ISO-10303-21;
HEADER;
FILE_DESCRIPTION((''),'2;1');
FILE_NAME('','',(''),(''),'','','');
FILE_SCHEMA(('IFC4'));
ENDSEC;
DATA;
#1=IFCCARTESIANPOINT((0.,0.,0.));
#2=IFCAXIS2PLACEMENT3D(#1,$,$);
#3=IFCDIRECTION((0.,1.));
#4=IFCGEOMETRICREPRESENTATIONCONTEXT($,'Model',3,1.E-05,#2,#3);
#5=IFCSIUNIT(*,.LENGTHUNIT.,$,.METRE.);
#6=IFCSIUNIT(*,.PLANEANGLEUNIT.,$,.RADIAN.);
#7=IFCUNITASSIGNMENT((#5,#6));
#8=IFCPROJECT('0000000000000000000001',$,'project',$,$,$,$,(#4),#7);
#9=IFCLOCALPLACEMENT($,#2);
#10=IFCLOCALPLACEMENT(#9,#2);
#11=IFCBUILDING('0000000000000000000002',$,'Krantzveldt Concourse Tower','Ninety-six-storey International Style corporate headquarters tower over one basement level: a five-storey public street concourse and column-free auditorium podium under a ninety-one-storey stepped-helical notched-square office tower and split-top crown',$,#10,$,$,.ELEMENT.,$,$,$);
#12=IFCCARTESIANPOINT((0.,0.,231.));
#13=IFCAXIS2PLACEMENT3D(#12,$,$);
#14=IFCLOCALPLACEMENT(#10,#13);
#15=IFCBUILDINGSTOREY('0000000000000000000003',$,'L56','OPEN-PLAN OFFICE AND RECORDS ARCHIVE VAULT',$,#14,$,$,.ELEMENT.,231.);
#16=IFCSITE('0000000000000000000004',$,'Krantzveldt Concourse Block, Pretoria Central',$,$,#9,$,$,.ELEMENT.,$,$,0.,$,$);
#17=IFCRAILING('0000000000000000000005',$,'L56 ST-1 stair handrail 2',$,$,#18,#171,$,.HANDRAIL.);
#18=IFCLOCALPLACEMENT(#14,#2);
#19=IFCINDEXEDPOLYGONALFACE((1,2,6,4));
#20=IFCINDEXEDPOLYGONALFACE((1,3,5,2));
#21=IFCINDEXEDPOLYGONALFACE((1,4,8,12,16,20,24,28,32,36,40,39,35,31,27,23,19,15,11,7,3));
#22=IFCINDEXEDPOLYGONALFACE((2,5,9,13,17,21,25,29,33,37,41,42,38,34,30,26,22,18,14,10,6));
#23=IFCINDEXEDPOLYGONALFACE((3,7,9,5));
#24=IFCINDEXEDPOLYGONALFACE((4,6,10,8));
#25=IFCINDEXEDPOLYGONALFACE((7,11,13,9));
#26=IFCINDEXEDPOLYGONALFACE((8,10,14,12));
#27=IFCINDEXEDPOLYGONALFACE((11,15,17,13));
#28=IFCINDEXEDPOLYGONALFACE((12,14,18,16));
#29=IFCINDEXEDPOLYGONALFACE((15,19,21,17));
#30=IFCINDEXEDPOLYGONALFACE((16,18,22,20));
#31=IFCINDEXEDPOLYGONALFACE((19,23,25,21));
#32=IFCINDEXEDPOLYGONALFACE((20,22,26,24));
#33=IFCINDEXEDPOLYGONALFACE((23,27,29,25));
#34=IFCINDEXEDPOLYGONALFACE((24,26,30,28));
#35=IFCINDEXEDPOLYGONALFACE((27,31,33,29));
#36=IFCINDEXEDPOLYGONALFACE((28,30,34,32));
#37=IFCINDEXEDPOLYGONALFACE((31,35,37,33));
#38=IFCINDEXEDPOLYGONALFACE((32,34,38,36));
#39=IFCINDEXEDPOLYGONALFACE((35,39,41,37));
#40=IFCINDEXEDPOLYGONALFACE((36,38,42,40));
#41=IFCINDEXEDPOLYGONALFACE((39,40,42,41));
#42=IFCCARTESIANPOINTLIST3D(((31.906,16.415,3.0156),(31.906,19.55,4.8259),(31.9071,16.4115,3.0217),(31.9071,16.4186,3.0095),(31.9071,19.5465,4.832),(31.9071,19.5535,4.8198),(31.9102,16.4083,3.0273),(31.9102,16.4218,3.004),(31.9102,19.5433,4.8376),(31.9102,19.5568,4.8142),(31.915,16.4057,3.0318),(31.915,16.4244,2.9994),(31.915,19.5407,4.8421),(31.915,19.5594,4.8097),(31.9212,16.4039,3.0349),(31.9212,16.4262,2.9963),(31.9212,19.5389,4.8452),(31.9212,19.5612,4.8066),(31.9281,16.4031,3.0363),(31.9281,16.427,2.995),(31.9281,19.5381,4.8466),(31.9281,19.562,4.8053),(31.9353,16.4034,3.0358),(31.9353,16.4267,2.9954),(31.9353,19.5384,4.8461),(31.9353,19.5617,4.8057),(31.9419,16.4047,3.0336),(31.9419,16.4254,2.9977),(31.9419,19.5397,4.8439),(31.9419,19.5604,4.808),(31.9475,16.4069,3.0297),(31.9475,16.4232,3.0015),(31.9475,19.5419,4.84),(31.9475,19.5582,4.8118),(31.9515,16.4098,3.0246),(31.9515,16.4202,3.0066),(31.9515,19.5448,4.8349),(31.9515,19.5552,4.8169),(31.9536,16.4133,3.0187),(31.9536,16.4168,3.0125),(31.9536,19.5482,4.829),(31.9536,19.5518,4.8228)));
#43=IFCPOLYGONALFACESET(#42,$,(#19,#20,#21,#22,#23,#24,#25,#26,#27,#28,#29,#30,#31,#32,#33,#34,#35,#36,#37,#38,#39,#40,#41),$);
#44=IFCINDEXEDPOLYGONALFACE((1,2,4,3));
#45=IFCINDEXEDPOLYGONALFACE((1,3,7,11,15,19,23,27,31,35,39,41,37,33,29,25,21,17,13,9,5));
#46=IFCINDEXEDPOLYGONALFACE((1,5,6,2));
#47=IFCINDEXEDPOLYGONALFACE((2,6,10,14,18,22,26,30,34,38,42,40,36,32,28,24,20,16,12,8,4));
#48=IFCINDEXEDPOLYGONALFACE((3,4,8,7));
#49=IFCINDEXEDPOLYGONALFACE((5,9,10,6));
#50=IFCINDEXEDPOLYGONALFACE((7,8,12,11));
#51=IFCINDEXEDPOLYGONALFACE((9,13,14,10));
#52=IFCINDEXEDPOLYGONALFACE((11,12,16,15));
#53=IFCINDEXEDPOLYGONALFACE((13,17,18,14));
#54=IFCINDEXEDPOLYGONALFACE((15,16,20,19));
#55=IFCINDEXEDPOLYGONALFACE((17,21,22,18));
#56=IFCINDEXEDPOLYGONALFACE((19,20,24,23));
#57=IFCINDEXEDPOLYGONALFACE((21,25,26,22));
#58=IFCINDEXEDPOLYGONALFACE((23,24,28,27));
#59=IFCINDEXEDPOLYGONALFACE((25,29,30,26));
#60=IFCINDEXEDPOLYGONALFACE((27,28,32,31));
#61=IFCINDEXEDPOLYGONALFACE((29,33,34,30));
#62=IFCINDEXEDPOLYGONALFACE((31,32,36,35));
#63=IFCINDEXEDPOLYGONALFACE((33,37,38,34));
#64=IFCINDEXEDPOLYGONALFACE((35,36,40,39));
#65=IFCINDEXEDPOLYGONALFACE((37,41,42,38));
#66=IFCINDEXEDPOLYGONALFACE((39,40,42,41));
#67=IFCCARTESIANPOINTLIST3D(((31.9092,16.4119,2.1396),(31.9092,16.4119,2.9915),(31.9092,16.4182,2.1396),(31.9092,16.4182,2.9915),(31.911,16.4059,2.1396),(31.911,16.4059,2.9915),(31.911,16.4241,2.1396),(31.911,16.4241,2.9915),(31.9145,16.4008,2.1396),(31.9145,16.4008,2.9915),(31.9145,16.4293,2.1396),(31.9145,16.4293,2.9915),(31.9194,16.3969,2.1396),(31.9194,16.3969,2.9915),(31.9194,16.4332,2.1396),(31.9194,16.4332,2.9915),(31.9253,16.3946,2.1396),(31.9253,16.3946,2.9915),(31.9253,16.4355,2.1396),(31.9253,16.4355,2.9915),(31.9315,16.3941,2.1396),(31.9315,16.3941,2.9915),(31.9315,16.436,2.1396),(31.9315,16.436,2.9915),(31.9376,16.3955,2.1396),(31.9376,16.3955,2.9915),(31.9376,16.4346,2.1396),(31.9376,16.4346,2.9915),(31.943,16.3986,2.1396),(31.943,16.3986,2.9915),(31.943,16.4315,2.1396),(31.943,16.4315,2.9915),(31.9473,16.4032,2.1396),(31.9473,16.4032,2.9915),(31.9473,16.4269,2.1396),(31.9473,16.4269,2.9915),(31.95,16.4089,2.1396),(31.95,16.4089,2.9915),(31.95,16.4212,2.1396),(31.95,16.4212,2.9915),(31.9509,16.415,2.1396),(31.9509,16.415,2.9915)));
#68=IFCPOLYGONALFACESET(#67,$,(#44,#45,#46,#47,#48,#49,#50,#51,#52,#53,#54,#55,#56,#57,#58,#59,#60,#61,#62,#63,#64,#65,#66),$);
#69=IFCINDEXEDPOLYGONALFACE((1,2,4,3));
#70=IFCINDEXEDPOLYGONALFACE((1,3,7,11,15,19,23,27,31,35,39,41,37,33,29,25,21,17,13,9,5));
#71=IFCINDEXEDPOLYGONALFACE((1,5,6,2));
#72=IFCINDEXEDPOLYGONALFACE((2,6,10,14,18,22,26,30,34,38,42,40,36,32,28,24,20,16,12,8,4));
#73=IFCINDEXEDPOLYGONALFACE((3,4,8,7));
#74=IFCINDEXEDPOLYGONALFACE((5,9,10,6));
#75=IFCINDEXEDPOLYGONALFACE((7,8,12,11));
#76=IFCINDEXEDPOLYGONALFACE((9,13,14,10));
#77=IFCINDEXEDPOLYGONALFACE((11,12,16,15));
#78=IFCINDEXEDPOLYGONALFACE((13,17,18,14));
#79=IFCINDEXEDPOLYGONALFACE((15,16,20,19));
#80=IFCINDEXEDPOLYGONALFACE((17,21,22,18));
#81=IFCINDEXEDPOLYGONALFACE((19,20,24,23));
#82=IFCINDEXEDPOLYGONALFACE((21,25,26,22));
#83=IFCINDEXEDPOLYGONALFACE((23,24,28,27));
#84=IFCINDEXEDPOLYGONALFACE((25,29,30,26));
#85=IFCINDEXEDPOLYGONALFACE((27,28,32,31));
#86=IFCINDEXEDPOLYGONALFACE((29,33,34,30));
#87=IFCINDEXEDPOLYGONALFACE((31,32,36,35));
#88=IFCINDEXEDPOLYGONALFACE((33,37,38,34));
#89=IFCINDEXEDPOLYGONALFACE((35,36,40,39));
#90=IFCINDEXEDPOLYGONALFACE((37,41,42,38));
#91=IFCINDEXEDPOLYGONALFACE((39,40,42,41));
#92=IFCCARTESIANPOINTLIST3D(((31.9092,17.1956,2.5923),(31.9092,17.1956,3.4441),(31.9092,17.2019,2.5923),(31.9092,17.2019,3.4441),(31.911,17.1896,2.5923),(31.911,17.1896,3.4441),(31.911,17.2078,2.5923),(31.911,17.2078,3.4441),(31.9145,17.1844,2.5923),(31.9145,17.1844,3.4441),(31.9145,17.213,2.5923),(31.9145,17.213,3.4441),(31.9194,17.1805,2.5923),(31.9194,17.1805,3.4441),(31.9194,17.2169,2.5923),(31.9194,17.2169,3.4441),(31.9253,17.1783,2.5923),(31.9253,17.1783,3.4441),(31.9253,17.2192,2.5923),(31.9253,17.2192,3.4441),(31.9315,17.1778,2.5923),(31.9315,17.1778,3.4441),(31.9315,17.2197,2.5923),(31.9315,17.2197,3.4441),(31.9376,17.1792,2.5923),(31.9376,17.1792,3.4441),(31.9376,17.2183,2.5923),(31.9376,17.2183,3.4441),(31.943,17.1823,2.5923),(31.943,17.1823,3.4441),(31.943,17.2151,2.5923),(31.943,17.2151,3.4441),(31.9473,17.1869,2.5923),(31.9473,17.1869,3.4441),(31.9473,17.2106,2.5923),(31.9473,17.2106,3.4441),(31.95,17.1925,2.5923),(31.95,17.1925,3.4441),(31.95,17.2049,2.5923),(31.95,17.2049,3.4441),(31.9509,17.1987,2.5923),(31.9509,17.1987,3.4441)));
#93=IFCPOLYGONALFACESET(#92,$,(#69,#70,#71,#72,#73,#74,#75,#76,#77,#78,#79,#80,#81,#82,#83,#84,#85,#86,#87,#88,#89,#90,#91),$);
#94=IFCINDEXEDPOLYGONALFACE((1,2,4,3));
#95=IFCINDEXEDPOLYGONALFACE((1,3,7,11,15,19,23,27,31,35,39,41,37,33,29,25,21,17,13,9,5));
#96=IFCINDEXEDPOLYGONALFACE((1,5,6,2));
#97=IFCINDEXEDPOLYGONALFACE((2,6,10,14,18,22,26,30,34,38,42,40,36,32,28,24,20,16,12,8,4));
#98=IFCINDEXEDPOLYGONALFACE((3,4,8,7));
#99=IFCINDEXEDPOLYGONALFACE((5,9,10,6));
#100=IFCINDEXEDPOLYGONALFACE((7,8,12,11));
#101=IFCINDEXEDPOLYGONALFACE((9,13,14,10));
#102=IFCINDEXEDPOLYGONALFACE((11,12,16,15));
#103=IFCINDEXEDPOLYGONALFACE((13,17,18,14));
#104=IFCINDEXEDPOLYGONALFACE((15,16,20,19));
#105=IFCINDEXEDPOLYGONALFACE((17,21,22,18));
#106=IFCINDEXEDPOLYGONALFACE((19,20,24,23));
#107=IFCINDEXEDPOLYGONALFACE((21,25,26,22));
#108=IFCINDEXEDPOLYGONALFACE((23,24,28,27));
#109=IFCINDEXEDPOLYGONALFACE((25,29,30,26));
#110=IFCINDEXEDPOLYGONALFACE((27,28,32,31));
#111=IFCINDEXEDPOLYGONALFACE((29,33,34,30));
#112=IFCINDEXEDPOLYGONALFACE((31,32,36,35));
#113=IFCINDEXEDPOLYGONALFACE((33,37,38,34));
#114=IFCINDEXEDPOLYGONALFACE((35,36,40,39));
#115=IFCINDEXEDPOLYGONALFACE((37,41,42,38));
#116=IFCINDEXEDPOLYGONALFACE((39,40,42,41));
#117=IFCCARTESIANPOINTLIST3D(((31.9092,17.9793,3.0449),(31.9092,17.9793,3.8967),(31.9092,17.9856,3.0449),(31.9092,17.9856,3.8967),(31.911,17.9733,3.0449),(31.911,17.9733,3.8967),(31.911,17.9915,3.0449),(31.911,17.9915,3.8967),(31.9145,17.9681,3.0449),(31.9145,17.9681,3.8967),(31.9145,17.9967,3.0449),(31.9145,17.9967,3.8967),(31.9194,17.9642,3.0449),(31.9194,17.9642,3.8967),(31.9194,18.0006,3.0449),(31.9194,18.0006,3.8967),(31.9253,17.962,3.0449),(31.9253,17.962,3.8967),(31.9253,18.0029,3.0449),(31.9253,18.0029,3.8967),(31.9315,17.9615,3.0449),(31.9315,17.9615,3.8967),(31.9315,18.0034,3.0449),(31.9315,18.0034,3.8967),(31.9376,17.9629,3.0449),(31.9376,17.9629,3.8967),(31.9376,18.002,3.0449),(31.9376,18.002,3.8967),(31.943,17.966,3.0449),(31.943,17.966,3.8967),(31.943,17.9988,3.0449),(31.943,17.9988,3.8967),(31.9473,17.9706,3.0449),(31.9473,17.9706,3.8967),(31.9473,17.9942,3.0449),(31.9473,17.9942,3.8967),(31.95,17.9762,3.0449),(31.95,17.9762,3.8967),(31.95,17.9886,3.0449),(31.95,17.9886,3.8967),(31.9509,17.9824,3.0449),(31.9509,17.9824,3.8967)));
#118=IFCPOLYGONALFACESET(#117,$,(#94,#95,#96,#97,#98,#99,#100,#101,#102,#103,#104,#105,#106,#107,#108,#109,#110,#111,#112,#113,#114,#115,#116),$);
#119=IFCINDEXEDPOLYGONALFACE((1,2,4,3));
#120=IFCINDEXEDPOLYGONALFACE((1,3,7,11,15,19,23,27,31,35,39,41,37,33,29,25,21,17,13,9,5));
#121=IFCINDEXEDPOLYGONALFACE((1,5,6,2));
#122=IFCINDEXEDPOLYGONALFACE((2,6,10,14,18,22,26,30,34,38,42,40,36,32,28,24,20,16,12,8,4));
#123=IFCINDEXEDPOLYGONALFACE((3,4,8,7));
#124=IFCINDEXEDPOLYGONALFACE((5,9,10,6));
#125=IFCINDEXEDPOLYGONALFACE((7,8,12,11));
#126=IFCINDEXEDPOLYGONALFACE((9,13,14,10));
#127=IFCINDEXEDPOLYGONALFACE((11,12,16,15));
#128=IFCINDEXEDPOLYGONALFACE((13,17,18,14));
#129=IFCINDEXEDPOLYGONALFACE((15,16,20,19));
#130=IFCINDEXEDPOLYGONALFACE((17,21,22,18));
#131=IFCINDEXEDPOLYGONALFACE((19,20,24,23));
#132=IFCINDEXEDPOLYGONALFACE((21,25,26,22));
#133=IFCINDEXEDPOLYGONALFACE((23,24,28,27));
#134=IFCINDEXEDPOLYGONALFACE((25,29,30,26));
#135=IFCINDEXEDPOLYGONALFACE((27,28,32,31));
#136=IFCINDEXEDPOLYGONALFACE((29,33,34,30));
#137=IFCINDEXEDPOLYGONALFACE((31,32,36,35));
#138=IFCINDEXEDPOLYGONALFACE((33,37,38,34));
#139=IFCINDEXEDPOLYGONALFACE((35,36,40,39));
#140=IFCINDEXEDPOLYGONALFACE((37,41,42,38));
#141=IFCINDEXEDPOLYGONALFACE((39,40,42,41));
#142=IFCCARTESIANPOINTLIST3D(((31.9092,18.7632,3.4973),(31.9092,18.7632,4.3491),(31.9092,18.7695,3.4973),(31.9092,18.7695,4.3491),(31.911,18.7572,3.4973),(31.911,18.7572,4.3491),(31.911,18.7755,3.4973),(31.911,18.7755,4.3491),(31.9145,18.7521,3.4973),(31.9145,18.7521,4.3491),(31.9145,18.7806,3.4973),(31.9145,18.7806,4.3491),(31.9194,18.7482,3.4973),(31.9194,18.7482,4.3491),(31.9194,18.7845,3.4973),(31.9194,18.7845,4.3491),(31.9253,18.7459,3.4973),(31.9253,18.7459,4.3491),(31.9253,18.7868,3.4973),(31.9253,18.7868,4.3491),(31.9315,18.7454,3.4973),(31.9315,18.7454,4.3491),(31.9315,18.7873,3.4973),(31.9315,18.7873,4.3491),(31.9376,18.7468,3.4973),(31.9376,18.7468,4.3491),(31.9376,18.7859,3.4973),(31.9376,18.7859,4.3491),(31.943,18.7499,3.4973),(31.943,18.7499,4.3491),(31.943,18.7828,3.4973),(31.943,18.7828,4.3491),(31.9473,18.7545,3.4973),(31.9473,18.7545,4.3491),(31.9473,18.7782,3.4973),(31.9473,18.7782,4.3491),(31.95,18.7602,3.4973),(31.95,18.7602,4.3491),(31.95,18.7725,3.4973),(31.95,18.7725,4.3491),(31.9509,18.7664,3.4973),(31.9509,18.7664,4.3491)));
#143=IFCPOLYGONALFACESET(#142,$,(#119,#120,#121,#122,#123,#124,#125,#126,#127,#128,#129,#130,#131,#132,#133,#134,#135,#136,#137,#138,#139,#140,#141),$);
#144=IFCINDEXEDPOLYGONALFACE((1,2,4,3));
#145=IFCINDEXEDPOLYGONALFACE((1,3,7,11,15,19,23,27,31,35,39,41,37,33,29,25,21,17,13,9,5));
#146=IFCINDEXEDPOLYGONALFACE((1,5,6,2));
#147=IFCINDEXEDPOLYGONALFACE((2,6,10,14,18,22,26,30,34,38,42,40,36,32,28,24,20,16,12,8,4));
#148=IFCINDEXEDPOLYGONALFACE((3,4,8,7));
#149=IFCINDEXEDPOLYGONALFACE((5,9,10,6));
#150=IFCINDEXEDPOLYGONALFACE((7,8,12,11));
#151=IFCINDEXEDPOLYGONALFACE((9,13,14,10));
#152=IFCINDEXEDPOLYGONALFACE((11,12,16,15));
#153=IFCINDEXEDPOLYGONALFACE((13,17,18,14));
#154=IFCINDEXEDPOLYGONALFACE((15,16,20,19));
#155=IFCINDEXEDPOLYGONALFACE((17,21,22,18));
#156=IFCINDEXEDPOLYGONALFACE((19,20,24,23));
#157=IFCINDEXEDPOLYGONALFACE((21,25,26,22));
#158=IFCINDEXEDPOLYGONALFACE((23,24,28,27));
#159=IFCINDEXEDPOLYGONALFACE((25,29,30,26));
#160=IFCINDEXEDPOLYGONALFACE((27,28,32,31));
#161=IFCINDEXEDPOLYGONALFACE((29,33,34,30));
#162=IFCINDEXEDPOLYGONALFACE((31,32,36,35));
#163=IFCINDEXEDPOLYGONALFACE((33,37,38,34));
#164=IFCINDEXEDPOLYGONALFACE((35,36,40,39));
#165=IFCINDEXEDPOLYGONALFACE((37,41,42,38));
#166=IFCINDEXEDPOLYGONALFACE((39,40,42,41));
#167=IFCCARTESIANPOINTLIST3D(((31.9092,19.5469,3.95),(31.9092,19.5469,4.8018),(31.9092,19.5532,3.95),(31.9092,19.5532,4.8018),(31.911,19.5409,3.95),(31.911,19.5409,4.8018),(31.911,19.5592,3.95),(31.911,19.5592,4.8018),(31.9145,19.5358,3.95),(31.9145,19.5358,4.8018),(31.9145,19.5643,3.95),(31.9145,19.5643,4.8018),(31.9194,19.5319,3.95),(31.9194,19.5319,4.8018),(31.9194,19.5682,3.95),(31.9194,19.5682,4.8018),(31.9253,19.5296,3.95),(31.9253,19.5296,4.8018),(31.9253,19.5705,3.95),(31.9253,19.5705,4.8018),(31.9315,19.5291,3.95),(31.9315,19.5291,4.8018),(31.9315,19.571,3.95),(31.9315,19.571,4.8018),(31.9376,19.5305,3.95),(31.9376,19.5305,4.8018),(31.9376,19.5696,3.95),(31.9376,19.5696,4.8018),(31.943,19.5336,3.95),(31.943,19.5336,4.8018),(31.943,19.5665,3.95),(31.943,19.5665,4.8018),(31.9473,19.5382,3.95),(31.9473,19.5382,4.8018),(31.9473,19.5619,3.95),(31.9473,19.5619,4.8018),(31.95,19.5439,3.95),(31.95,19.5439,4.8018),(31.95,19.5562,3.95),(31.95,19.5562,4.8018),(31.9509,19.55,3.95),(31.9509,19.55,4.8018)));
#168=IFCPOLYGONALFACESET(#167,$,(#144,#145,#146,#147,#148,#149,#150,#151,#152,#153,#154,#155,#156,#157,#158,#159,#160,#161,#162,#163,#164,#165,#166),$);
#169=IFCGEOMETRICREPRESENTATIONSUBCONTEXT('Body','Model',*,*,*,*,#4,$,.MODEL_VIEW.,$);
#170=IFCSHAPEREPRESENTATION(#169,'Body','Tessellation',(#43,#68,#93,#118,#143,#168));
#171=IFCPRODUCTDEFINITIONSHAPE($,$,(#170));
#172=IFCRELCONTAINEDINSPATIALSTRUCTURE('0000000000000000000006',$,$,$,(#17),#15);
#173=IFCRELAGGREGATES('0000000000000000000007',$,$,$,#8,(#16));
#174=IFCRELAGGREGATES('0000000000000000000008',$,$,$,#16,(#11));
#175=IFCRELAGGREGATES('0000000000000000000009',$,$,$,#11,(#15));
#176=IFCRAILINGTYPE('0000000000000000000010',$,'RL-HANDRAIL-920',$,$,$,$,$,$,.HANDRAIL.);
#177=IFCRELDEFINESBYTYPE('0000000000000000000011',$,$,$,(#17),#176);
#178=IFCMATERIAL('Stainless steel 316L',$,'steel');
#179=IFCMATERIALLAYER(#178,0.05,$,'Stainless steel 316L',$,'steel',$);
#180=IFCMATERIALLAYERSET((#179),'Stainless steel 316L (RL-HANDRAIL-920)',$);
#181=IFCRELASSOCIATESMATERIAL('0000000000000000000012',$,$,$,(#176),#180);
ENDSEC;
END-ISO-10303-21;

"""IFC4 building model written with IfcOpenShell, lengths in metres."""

from ifc_helpers import new_model, si_unit, direction, frame, origin, origin_2d, place, context, subcontext, project, spatial, circle, extrude, material, layer, layer_set, type_object, element, save


model = new_model("IFC4")

# Units and contexts
model_context = context("Model", 3, precision=1e-05, world=origin(), true_north=direction((0.0, 1.0)))
body_context = subcontext(model_context, "Body", "Model", "MODEL_VIEW")
ifc_project = project(units=[si_unit("LENGTHUNIT", "METRE"), si_unit("PLANEANGLEUNIT", "RADIAN")], contexts=[model_context])

# Site, building, storey
site_placement = place(None, origin())
site = spatial("IfcSite", under=ifc_project, at=site_placement, Name="Krantzveldt Concourse Block, Pretoria Central", CompositionType="ELEMENT", RefElevation=0.0)
building_placement = place(site_placement, origin())
building = spatial("IfcBuilding", under=site, at=building_placement, Name="Krantzveldt Concourse Tower", Description="Ninety-six-storey International Style corporate headquarters tower over one basement level: a five-storey public street concourse and column-free auditorium podium under a ninety-one-storey stepped-helical notched-square office tower and split-top crown", CompositionType="ELEMENT")
storey_placement = place(building_placement, frame((0.0, 0.0, 231.0)))
storey = spatial("IfcBuildingStorey", under=building, at=storey_placement, Name="L56", Description="OPEN-PLAN OFFICE AND RECORDS ARCHIVE VAULT", CompositionType="ELEMENT", Elevation=231.0)

# Shared definitions
ifc_material_1 = material(Name="Stainless steel 316L", Category="steel")

# Railing
ifc_layer_1 = layer(ifc_material_1, 0.05, Name="Stainless steel 316L", Category="steel")
ifc_layer_set_1 = layer_set([ifc_layer_1], Name="Stainless steel 316L (RL-HANDRAIL-920)")
railing_type_1 = type_object("IfcRailingType", Name="RL-HANDRAIL-920", PredefinedType="HANDRAIL", material=ifc_layer_set_1)
railing_1_placement = place(storey_placement, frame((31.9299, 16.415, 2.1396)))
element("IfcRailing", 1, at=railing_1_placement, inside=storey, type_object=railing_type_1, Name="L56 ST-1 stair handrail 2", PredefinedType="HANDRAIL", context=body_context, shape_type="SweptSolid", body=[
    extrude(circle(Radius=0.0239, at=origin_2d()), frame((0.0, 0.0, 0.876), z_axis=(0.0, 0.865989, 0.500063), x_axis=(-1.0, 0.0, 0.0)), (0.0, 0.0, 1.0), 3.6201),
    extrude(circle(Radius=0.021, at=origin_2d()), origin(), (0.0, 0.0, 1.0), 0.8518),
    extrude(circle(Radius=0.021, at=origin_2d()), frame((0.0, 0.7837, 0.4526)), (0.0, 0.0, 1.0), 0.8518),
    extrude(circle(Radius=0.021, at=origin_2d()), frame((0.0, 1.5674, 0.9053)), (0.0, 0.0, 1.0), 0.8518),
    extrude(circle(Radius=0.021, at=origin_2d()), frame((0.0, 2.3513, 1.3577)), (0.0, 0.0, 1.0), 0.8518),
    extrude(circle(Radius=0.021, at=origin_2d()), frame((0.0, 3.135, 1.8103)), (0.0, 0.0, 1.0), 0.8518),
])

save(model, "model.ifc")
